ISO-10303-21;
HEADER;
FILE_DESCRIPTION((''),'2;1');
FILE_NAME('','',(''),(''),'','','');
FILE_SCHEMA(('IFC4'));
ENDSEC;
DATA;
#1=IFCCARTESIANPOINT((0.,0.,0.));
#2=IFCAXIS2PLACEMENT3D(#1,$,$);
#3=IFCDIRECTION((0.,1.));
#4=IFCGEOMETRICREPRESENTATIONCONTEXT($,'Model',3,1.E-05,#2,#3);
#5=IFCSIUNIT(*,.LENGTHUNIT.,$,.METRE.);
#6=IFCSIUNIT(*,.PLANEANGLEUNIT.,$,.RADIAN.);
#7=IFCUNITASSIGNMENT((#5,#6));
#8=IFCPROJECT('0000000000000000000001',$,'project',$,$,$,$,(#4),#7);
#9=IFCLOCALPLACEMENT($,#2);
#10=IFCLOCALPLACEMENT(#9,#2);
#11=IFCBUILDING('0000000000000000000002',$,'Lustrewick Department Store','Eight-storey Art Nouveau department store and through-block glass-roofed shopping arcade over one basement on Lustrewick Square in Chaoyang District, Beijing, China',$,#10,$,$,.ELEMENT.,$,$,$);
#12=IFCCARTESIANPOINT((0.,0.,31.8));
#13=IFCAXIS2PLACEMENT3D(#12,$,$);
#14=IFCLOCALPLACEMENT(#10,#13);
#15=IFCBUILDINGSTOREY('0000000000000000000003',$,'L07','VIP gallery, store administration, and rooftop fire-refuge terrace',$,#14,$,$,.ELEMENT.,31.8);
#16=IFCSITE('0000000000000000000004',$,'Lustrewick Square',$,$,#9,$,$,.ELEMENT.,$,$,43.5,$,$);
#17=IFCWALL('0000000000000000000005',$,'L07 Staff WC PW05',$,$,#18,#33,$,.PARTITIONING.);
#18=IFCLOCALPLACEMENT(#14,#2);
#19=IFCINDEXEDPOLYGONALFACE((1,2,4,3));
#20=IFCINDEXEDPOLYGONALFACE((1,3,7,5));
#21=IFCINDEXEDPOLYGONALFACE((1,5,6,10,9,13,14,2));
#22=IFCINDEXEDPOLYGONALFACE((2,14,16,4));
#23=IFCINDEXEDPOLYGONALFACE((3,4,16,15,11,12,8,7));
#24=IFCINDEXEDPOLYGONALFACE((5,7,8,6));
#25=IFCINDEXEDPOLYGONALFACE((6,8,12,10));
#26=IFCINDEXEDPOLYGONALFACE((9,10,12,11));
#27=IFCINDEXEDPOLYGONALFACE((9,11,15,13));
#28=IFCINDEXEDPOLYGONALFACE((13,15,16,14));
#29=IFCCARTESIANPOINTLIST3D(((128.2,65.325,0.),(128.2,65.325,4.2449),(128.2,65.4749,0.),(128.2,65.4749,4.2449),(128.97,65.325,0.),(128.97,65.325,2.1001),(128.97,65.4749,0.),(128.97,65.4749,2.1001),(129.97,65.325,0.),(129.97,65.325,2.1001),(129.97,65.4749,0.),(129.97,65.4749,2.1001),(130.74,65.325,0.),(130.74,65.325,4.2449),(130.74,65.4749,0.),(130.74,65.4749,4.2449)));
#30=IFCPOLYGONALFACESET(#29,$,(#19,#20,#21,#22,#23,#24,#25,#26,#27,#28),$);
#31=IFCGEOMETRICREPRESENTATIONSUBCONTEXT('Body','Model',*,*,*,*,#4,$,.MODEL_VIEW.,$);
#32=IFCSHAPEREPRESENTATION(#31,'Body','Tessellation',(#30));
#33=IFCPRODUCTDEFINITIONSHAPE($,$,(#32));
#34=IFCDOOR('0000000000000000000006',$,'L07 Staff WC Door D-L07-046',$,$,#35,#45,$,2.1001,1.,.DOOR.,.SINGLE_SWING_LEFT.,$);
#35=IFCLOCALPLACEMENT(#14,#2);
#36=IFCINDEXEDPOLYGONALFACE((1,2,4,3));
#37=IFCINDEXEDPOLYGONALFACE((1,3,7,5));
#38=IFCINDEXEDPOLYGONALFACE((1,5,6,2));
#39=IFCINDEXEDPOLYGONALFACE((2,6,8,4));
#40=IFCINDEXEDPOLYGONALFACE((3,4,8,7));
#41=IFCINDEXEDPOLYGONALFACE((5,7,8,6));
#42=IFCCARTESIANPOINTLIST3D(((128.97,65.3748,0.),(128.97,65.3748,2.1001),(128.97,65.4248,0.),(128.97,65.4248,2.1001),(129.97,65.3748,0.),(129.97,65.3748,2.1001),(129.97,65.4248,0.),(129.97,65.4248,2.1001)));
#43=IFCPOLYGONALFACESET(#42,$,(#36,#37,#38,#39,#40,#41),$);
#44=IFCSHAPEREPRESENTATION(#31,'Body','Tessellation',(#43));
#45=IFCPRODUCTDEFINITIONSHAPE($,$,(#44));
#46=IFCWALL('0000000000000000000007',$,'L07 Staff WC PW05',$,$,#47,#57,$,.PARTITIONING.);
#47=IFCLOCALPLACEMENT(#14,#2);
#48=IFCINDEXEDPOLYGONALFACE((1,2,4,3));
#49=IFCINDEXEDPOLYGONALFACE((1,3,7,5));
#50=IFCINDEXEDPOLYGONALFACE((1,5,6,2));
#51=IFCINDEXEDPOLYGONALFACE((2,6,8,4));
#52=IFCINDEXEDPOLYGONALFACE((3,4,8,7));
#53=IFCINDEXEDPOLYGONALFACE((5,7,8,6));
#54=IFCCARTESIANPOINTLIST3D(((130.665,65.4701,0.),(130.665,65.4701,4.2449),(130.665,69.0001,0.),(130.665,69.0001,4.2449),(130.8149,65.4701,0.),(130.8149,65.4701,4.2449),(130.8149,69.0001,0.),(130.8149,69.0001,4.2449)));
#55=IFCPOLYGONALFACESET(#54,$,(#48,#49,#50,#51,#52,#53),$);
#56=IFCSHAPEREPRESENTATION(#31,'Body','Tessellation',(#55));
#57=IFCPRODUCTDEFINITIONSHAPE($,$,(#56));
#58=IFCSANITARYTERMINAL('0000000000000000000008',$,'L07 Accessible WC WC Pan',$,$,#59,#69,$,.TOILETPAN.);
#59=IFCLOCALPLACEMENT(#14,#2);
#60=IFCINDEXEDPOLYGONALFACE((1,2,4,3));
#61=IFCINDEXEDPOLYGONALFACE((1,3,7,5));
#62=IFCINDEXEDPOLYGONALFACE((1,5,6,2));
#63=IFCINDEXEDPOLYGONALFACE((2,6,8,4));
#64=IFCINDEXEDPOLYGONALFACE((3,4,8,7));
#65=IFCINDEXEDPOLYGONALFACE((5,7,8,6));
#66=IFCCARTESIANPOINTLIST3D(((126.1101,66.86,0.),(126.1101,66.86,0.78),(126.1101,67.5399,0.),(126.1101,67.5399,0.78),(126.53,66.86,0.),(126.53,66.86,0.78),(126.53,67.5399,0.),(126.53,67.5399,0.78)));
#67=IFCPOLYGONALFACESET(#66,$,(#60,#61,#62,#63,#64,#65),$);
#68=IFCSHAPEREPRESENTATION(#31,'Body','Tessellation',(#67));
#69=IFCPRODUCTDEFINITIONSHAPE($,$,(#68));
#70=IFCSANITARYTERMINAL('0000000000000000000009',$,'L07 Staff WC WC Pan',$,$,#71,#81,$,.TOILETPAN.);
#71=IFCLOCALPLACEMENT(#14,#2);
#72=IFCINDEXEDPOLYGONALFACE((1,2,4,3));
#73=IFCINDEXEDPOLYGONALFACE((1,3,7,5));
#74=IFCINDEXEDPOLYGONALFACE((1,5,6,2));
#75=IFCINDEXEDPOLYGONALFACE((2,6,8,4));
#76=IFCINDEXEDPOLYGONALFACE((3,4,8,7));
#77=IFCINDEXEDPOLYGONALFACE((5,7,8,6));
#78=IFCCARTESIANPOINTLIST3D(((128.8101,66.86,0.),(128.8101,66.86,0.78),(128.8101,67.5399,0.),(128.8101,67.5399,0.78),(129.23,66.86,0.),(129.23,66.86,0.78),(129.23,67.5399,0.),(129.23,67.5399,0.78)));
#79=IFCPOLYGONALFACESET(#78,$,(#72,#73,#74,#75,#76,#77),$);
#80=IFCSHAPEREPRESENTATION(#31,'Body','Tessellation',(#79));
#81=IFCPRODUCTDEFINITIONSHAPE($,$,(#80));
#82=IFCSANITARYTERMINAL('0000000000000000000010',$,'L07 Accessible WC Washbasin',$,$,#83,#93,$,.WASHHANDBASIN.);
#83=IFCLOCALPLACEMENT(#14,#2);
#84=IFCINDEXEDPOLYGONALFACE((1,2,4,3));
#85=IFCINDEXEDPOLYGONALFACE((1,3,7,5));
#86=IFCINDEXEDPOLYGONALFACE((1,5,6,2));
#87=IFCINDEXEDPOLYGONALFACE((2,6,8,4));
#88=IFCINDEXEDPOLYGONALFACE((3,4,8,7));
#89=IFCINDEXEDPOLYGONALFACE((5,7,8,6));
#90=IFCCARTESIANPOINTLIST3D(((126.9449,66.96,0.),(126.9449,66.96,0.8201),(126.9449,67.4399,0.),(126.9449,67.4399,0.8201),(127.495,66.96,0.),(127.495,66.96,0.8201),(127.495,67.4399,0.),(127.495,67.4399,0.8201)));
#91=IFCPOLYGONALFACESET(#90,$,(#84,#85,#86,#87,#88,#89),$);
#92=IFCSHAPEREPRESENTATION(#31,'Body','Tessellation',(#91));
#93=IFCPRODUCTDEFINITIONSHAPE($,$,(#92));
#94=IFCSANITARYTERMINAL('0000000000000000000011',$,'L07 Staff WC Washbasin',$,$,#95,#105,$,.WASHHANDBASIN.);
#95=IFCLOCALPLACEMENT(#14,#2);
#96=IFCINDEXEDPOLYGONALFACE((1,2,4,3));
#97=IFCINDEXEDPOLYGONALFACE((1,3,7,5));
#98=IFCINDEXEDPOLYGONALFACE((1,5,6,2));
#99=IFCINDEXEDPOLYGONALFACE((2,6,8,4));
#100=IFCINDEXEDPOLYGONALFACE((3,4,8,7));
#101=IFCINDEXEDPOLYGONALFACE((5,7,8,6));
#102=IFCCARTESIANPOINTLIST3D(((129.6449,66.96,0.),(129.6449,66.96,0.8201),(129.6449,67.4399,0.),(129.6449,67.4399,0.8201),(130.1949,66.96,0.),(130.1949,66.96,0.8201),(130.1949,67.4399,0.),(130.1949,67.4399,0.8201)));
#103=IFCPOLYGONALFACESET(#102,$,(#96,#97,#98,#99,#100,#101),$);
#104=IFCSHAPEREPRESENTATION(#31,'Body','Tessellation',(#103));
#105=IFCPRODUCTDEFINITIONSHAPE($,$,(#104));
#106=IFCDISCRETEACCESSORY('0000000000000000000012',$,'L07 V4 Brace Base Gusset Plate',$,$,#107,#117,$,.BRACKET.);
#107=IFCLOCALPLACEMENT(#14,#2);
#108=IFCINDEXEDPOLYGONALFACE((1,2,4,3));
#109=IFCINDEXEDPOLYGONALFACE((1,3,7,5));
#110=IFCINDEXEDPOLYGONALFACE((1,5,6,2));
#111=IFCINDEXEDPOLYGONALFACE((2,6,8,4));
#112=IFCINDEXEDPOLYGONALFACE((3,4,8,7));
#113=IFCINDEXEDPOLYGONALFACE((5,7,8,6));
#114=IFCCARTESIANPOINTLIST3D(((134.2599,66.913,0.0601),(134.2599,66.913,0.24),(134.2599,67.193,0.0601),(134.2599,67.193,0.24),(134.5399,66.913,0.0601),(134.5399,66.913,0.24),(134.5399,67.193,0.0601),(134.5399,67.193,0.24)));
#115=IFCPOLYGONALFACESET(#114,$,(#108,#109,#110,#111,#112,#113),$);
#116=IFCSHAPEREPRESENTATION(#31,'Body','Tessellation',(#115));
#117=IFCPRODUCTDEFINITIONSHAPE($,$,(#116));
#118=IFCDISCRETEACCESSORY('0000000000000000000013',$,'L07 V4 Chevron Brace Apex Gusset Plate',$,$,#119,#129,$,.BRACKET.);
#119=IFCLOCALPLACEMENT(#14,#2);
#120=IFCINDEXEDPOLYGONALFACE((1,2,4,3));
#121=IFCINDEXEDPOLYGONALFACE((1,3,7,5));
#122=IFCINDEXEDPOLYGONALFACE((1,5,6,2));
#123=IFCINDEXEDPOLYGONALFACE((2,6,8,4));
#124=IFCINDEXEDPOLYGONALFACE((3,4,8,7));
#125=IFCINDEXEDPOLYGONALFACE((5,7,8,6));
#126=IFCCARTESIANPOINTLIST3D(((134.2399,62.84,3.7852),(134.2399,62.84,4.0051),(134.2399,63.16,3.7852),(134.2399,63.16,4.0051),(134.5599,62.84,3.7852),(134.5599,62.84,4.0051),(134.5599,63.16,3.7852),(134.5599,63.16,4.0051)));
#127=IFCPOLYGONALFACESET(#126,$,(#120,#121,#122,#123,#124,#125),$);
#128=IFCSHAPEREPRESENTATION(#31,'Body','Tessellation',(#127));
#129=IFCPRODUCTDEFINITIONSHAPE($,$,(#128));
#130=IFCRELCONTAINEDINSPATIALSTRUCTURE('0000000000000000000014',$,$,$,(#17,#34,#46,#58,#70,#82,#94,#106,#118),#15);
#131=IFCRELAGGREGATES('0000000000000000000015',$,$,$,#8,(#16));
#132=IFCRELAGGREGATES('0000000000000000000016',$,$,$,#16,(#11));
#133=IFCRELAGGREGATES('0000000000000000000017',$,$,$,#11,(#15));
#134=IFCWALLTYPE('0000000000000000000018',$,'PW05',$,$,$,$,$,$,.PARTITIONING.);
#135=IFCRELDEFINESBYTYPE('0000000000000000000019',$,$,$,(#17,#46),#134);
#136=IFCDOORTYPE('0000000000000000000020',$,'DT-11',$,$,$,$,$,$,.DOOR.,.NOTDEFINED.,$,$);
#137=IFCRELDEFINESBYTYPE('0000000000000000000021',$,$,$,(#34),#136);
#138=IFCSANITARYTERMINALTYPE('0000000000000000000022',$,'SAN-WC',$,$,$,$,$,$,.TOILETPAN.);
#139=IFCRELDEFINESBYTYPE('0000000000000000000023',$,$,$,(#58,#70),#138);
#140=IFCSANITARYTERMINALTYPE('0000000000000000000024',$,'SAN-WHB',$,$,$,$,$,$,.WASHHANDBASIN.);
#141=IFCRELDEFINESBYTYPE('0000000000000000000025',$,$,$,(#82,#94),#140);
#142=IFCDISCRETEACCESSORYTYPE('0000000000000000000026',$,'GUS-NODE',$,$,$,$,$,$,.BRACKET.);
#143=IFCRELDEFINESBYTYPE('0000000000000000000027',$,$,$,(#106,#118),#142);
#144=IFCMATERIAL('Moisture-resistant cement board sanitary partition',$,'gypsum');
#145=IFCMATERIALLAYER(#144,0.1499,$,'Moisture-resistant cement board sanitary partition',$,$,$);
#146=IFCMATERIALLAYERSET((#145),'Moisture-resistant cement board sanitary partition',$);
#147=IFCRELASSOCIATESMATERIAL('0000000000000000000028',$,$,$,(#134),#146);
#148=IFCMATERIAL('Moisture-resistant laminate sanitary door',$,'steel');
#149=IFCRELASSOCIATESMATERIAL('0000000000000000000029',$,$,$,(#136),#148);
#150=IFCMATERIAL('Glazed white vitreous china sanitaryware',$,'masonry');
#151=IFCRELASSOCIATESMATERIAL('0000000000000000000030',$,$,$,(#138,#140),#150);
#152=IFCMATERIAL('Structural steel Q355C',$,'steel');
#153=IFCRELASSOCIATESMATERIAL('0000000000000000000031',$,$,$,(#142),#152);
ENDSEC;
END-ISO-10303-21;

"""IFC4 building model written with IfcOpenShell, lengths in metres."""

from ifc_helpers import new_model, si_unit, direction, frame, frame_2d, origin, origin_2d, place, context, subcontext, project, spatial, rectangle, extrude, material, layer, layer_set, type_object, element, fill, save


model = new_model("IFC4")

# Units and contexts
model_context = context("Model", 3, precision=1e-05, world=origin(), true_north=direction((0.0, 1.0)))
body_context = subcontext(model_context, "Body", "Model", "MODEL_VIEW")
ifc_project = project(units=[si_unit("LENGTHUNIT", "METRE"), si_unit("PLANEANGLEUNIT", "RADIAN")], contexts=[model_context])

# Site, building, storey
site_placement = place(None, origin())
site = spatial("IfcSite", under=ifc_project, at=site_placement, Name="Lustrewick Square", CompositionType="ELEMENT", RefElevation=43.5)
building_placement = place(site_placement, origin())
building = spatial("IfcBuilding", under=site, at=building_placement, Name="Lustrewick Department Store", Description="Eight-storey Art Nouveau department store and through-block glass-roofed shopping arcade over one basement on Lustrewick Square in Chaoyang District, Beijing, China", CompositionType="ELEMENT")
storey_placement = place(building_placement, frame((0.0, 0.0, 31.8)))
storey = spatial("IfcBuildingStorey", under=building, at=storey_placement, Name="L07", Description="VIP gallery, store administration, and rooftop fire-refuge terrace", CompositionType="ELEMENT", Elevation=31.8)

# Shared definitions
ifc_material_1 = material(Name="Structural steel Q355C", Category="steel")

# Shared definitions
ifc_material_2 = material(Name="Moisture-resistant cement board sanitary partition", Category="gypsum")
ifc_layer_1 = layer(ifc_material_2, 0.1499, Name="Moisture-resistant cement board sanitary partition")
ifc_layer_set_1 = layer_set([ifc_layer_1], Name="Moisture-resistant cement board sanitary partition")
wall_type_1 = type_object("IfcWallType", Name="PW05", PredefinedType="PARTITIONING", material=ifc_layer_set_1)

# Wall, opening, door
wall_1_placement = place(storey_placement, frame((128.2, 65.3999, 0.0), z_axis=(0.0, 0.0, 1.0), x_axis=(1.0, 0.0, 0.0)))
wall_1 = element("IfcWall", 1, at=wall_1_placement, inside=storey, type_object=wall_type_1, Name="L07 Staff WC PW05", PredefinedType="PARTITIONING", context=body_context, shape_type="SweptSolid", body=[
    extrude(rectangle(XDim=2.54, YDim=0.1499, at=frame_2d((1.27, 0.0))), origin(), (0.0, 0.0, 1.0), 4.2449),
])
opening_1_placement = place(wall_1_placement, frame((0.77, 0.0, 0.0)))
opening_1 = element("IfcOpeningElement", 2, at=opening_1_placement, cuts=wall_1, PredefinedType="OPENING", context=body_context, shape_type="SweptSolid", body=[
    extrude(rectangle(XDim=1.0, YDim=2.1001, at=frame_2d((0.5, 1.05))), frame((0.0, 0.085, 0.0), z_axis=(0.0, -1.0, 0.0), x_axis=(1.0, 0.0, 0.0)), (0.0, 0.0, 1.0), 0.1699),
])
ifc_material_3 = material(Name="Moisture-resistant laminate sanitary door", Category="steel")
door_type_1 = type_object("IfcDoorType", Name="DT-11", OperationType="NOTDEFINED", PredefinedType="DOOR", material=ifc_material_3)
door_1_placement = place(opening_1_placement, origin())
door_1 = element("IfcDoor", 3, at=door_1_placement, inside=storey, type_object=door_type_1, Name="L07 Staff WC Door D-L07-046", OperationType="SINGLE_SWING_LEFT", OverallHeight=2.1001, OverallWidth=1.0, PredefinedType="DOOR", context=body_context, shape_type="SweptSolid", body=[
    extrude(rectangle(XDim=1.0, YDim=2.1001, at=frame_2d((0.5, 1.05))), frame((0.0, 0.0249, 0.0), z_axis=(0.0, -1.0, 0.0), x_axis=(1.0, 0.0, 0.0)), (0.0, 0.0, 1.0), 0.05),
])
fill(opening_1, door_1)

# Wall
wall_2_placement = place(storey_placement, frame((130.74, 65.47, 0.0), z_axis=(0.0, 0.0, 1.0), x_axis=(0.0, 1.0, 0.0)))
element("IfcWall", 4, at=wall_2_placement, inside=storey, type_object=wall_type_1, Name="L07 Staff WC PW05", PredefinedType="PARTITIONING", context=body_context, shape_type="SweptSolid", body=[
    extrude(rectangle(XDim=3.53, YDim=0.1499, at=frame_2d((1.7651, 0.0))), origin(), (0.0, 0.0, 1.0), 4.2449),
])

# Sanitary terminals
ifc_material_4 = material(Name="Glazed white vitreous china sanitaryware", Category="masonry")
sanitary_terminal_type_1 = type_object("IfcSanitaryTerminalType", Name="SAN-WC", PredefinedType="TOILETPAN", material=ifc_material_4)
for number, where, z_axis, x_axis, name in (
    (5, (126.3201, 67.2, 0.0), (0.0, 0.0, 1.0), (1.0, 0.0, 0.0), "L07 Accessible WC WC Pan"),
    (6, (129.02, 67.2, 0.0), (0.0, 0.0, 1.0), (1.0, 0.0, 0.0), "L07 Staff WC WC Pan"),
):
    element("IfcSanitaryTerminal", number, at=place(storey_placement, frame(where, z_axis=z_axis, x_axis=x_axis)), inside=storey, type_object=sanitary_terminal_type_1, Name=name, PredefinedType="TOILETPAN", context=body_context, shape_type="SweptSolid", body=[
        extrude(rectangle(XDim=0.4199, YDim=0.6799, at=origin_2d()), origin(), (0.0, 0.0, 1.0), 0.78),
    ])
sanitary_terminal_type_2 = type_object("IfcSanitaryTerminalType", Name="SAN-WHB", PredefinedType="WASHHANDBASIN", material=ifc_material_4)
for number, where, z_axis, x_axis, name in (
    (7, (127.22, 67.2, 0.0), (0.0, 0.0, 1.0), (1.0, 0.0, 0.0), "L07 Accessible WC Washbasin"),
    (8, (129.9199, 67.2, 0.0), (0.0, 0.0, 1.0), (1.0, 0.0, 0.0), "L07 Staff WC Washbasin"),
):
    element("IfcSanitaryTerminal", number, at=place(storey_placement, frame(where, z_axis=z_axis, x_axis=x_axis)), inside=storey, type_object=sanitary_terminal_type_2, Name=name, PredefinedType="WASHHANDBASIN", context=body_context, shape_type="SweptSolid", body=[
        extrude(rectangle(XDim=0.55, YDim=0.48, at=origin_2d()), origin(), (0.0, 0.0, 1.0), 0.8201),
    ])

# Discrete accessories
discrete_accessory_type = type_object("IfcDiscreteAccessoryType", Name="GUS-NODE", PredefinedType="BRACKET", material=ifc_material_1)
discrete_accessory_1_placement = place(storey_placement, frame((134.3999, 67.053, 0.0601), z_axis=(0.0, 0.0, 1.0), x_axis=(1.0, 0.0, 0.0)))
element("IfcDiscreteAccessory", 9, at=discrete_accessory_1_placement, inside=storey, type_object=discrete_accessory_type, Name="L07 V4 Brace Base Gusset Plate", PredefinedType="BRACKET", context=body_context, shape_type="SweptSolid", body=[
    extrude(rectangle(XDim=0.28, YDim=0.28, at=origin_2d()), origin(), (0.0, 0.0, 1.0), 0.1799),
])
discrete_accessory_2_placement = place(storey_placement, frame((134.3999, 63.0, 3.7852), z_axis=(0.0, 0.0, 1.0), x_axis=(1.0, 0.0, 0.0)))
element("IfcDiscreteAccessory", 10, at=discrete_accessory_2_placement, inside=storey, type_object=discrete_accessory_type, Name="L07 V4 Chevron Brace Apex Gusset Plate", PredefinedType="BRACKET", context=body_context, shape_type="SweptSolid", body=[
    extrude(rectangle(XDim=0.3201, YDim=0.3201, at=origin_2d()), origin(), (0.0, 0.0, 1.0), 0.22),
])

save(model, "model.ifc")
